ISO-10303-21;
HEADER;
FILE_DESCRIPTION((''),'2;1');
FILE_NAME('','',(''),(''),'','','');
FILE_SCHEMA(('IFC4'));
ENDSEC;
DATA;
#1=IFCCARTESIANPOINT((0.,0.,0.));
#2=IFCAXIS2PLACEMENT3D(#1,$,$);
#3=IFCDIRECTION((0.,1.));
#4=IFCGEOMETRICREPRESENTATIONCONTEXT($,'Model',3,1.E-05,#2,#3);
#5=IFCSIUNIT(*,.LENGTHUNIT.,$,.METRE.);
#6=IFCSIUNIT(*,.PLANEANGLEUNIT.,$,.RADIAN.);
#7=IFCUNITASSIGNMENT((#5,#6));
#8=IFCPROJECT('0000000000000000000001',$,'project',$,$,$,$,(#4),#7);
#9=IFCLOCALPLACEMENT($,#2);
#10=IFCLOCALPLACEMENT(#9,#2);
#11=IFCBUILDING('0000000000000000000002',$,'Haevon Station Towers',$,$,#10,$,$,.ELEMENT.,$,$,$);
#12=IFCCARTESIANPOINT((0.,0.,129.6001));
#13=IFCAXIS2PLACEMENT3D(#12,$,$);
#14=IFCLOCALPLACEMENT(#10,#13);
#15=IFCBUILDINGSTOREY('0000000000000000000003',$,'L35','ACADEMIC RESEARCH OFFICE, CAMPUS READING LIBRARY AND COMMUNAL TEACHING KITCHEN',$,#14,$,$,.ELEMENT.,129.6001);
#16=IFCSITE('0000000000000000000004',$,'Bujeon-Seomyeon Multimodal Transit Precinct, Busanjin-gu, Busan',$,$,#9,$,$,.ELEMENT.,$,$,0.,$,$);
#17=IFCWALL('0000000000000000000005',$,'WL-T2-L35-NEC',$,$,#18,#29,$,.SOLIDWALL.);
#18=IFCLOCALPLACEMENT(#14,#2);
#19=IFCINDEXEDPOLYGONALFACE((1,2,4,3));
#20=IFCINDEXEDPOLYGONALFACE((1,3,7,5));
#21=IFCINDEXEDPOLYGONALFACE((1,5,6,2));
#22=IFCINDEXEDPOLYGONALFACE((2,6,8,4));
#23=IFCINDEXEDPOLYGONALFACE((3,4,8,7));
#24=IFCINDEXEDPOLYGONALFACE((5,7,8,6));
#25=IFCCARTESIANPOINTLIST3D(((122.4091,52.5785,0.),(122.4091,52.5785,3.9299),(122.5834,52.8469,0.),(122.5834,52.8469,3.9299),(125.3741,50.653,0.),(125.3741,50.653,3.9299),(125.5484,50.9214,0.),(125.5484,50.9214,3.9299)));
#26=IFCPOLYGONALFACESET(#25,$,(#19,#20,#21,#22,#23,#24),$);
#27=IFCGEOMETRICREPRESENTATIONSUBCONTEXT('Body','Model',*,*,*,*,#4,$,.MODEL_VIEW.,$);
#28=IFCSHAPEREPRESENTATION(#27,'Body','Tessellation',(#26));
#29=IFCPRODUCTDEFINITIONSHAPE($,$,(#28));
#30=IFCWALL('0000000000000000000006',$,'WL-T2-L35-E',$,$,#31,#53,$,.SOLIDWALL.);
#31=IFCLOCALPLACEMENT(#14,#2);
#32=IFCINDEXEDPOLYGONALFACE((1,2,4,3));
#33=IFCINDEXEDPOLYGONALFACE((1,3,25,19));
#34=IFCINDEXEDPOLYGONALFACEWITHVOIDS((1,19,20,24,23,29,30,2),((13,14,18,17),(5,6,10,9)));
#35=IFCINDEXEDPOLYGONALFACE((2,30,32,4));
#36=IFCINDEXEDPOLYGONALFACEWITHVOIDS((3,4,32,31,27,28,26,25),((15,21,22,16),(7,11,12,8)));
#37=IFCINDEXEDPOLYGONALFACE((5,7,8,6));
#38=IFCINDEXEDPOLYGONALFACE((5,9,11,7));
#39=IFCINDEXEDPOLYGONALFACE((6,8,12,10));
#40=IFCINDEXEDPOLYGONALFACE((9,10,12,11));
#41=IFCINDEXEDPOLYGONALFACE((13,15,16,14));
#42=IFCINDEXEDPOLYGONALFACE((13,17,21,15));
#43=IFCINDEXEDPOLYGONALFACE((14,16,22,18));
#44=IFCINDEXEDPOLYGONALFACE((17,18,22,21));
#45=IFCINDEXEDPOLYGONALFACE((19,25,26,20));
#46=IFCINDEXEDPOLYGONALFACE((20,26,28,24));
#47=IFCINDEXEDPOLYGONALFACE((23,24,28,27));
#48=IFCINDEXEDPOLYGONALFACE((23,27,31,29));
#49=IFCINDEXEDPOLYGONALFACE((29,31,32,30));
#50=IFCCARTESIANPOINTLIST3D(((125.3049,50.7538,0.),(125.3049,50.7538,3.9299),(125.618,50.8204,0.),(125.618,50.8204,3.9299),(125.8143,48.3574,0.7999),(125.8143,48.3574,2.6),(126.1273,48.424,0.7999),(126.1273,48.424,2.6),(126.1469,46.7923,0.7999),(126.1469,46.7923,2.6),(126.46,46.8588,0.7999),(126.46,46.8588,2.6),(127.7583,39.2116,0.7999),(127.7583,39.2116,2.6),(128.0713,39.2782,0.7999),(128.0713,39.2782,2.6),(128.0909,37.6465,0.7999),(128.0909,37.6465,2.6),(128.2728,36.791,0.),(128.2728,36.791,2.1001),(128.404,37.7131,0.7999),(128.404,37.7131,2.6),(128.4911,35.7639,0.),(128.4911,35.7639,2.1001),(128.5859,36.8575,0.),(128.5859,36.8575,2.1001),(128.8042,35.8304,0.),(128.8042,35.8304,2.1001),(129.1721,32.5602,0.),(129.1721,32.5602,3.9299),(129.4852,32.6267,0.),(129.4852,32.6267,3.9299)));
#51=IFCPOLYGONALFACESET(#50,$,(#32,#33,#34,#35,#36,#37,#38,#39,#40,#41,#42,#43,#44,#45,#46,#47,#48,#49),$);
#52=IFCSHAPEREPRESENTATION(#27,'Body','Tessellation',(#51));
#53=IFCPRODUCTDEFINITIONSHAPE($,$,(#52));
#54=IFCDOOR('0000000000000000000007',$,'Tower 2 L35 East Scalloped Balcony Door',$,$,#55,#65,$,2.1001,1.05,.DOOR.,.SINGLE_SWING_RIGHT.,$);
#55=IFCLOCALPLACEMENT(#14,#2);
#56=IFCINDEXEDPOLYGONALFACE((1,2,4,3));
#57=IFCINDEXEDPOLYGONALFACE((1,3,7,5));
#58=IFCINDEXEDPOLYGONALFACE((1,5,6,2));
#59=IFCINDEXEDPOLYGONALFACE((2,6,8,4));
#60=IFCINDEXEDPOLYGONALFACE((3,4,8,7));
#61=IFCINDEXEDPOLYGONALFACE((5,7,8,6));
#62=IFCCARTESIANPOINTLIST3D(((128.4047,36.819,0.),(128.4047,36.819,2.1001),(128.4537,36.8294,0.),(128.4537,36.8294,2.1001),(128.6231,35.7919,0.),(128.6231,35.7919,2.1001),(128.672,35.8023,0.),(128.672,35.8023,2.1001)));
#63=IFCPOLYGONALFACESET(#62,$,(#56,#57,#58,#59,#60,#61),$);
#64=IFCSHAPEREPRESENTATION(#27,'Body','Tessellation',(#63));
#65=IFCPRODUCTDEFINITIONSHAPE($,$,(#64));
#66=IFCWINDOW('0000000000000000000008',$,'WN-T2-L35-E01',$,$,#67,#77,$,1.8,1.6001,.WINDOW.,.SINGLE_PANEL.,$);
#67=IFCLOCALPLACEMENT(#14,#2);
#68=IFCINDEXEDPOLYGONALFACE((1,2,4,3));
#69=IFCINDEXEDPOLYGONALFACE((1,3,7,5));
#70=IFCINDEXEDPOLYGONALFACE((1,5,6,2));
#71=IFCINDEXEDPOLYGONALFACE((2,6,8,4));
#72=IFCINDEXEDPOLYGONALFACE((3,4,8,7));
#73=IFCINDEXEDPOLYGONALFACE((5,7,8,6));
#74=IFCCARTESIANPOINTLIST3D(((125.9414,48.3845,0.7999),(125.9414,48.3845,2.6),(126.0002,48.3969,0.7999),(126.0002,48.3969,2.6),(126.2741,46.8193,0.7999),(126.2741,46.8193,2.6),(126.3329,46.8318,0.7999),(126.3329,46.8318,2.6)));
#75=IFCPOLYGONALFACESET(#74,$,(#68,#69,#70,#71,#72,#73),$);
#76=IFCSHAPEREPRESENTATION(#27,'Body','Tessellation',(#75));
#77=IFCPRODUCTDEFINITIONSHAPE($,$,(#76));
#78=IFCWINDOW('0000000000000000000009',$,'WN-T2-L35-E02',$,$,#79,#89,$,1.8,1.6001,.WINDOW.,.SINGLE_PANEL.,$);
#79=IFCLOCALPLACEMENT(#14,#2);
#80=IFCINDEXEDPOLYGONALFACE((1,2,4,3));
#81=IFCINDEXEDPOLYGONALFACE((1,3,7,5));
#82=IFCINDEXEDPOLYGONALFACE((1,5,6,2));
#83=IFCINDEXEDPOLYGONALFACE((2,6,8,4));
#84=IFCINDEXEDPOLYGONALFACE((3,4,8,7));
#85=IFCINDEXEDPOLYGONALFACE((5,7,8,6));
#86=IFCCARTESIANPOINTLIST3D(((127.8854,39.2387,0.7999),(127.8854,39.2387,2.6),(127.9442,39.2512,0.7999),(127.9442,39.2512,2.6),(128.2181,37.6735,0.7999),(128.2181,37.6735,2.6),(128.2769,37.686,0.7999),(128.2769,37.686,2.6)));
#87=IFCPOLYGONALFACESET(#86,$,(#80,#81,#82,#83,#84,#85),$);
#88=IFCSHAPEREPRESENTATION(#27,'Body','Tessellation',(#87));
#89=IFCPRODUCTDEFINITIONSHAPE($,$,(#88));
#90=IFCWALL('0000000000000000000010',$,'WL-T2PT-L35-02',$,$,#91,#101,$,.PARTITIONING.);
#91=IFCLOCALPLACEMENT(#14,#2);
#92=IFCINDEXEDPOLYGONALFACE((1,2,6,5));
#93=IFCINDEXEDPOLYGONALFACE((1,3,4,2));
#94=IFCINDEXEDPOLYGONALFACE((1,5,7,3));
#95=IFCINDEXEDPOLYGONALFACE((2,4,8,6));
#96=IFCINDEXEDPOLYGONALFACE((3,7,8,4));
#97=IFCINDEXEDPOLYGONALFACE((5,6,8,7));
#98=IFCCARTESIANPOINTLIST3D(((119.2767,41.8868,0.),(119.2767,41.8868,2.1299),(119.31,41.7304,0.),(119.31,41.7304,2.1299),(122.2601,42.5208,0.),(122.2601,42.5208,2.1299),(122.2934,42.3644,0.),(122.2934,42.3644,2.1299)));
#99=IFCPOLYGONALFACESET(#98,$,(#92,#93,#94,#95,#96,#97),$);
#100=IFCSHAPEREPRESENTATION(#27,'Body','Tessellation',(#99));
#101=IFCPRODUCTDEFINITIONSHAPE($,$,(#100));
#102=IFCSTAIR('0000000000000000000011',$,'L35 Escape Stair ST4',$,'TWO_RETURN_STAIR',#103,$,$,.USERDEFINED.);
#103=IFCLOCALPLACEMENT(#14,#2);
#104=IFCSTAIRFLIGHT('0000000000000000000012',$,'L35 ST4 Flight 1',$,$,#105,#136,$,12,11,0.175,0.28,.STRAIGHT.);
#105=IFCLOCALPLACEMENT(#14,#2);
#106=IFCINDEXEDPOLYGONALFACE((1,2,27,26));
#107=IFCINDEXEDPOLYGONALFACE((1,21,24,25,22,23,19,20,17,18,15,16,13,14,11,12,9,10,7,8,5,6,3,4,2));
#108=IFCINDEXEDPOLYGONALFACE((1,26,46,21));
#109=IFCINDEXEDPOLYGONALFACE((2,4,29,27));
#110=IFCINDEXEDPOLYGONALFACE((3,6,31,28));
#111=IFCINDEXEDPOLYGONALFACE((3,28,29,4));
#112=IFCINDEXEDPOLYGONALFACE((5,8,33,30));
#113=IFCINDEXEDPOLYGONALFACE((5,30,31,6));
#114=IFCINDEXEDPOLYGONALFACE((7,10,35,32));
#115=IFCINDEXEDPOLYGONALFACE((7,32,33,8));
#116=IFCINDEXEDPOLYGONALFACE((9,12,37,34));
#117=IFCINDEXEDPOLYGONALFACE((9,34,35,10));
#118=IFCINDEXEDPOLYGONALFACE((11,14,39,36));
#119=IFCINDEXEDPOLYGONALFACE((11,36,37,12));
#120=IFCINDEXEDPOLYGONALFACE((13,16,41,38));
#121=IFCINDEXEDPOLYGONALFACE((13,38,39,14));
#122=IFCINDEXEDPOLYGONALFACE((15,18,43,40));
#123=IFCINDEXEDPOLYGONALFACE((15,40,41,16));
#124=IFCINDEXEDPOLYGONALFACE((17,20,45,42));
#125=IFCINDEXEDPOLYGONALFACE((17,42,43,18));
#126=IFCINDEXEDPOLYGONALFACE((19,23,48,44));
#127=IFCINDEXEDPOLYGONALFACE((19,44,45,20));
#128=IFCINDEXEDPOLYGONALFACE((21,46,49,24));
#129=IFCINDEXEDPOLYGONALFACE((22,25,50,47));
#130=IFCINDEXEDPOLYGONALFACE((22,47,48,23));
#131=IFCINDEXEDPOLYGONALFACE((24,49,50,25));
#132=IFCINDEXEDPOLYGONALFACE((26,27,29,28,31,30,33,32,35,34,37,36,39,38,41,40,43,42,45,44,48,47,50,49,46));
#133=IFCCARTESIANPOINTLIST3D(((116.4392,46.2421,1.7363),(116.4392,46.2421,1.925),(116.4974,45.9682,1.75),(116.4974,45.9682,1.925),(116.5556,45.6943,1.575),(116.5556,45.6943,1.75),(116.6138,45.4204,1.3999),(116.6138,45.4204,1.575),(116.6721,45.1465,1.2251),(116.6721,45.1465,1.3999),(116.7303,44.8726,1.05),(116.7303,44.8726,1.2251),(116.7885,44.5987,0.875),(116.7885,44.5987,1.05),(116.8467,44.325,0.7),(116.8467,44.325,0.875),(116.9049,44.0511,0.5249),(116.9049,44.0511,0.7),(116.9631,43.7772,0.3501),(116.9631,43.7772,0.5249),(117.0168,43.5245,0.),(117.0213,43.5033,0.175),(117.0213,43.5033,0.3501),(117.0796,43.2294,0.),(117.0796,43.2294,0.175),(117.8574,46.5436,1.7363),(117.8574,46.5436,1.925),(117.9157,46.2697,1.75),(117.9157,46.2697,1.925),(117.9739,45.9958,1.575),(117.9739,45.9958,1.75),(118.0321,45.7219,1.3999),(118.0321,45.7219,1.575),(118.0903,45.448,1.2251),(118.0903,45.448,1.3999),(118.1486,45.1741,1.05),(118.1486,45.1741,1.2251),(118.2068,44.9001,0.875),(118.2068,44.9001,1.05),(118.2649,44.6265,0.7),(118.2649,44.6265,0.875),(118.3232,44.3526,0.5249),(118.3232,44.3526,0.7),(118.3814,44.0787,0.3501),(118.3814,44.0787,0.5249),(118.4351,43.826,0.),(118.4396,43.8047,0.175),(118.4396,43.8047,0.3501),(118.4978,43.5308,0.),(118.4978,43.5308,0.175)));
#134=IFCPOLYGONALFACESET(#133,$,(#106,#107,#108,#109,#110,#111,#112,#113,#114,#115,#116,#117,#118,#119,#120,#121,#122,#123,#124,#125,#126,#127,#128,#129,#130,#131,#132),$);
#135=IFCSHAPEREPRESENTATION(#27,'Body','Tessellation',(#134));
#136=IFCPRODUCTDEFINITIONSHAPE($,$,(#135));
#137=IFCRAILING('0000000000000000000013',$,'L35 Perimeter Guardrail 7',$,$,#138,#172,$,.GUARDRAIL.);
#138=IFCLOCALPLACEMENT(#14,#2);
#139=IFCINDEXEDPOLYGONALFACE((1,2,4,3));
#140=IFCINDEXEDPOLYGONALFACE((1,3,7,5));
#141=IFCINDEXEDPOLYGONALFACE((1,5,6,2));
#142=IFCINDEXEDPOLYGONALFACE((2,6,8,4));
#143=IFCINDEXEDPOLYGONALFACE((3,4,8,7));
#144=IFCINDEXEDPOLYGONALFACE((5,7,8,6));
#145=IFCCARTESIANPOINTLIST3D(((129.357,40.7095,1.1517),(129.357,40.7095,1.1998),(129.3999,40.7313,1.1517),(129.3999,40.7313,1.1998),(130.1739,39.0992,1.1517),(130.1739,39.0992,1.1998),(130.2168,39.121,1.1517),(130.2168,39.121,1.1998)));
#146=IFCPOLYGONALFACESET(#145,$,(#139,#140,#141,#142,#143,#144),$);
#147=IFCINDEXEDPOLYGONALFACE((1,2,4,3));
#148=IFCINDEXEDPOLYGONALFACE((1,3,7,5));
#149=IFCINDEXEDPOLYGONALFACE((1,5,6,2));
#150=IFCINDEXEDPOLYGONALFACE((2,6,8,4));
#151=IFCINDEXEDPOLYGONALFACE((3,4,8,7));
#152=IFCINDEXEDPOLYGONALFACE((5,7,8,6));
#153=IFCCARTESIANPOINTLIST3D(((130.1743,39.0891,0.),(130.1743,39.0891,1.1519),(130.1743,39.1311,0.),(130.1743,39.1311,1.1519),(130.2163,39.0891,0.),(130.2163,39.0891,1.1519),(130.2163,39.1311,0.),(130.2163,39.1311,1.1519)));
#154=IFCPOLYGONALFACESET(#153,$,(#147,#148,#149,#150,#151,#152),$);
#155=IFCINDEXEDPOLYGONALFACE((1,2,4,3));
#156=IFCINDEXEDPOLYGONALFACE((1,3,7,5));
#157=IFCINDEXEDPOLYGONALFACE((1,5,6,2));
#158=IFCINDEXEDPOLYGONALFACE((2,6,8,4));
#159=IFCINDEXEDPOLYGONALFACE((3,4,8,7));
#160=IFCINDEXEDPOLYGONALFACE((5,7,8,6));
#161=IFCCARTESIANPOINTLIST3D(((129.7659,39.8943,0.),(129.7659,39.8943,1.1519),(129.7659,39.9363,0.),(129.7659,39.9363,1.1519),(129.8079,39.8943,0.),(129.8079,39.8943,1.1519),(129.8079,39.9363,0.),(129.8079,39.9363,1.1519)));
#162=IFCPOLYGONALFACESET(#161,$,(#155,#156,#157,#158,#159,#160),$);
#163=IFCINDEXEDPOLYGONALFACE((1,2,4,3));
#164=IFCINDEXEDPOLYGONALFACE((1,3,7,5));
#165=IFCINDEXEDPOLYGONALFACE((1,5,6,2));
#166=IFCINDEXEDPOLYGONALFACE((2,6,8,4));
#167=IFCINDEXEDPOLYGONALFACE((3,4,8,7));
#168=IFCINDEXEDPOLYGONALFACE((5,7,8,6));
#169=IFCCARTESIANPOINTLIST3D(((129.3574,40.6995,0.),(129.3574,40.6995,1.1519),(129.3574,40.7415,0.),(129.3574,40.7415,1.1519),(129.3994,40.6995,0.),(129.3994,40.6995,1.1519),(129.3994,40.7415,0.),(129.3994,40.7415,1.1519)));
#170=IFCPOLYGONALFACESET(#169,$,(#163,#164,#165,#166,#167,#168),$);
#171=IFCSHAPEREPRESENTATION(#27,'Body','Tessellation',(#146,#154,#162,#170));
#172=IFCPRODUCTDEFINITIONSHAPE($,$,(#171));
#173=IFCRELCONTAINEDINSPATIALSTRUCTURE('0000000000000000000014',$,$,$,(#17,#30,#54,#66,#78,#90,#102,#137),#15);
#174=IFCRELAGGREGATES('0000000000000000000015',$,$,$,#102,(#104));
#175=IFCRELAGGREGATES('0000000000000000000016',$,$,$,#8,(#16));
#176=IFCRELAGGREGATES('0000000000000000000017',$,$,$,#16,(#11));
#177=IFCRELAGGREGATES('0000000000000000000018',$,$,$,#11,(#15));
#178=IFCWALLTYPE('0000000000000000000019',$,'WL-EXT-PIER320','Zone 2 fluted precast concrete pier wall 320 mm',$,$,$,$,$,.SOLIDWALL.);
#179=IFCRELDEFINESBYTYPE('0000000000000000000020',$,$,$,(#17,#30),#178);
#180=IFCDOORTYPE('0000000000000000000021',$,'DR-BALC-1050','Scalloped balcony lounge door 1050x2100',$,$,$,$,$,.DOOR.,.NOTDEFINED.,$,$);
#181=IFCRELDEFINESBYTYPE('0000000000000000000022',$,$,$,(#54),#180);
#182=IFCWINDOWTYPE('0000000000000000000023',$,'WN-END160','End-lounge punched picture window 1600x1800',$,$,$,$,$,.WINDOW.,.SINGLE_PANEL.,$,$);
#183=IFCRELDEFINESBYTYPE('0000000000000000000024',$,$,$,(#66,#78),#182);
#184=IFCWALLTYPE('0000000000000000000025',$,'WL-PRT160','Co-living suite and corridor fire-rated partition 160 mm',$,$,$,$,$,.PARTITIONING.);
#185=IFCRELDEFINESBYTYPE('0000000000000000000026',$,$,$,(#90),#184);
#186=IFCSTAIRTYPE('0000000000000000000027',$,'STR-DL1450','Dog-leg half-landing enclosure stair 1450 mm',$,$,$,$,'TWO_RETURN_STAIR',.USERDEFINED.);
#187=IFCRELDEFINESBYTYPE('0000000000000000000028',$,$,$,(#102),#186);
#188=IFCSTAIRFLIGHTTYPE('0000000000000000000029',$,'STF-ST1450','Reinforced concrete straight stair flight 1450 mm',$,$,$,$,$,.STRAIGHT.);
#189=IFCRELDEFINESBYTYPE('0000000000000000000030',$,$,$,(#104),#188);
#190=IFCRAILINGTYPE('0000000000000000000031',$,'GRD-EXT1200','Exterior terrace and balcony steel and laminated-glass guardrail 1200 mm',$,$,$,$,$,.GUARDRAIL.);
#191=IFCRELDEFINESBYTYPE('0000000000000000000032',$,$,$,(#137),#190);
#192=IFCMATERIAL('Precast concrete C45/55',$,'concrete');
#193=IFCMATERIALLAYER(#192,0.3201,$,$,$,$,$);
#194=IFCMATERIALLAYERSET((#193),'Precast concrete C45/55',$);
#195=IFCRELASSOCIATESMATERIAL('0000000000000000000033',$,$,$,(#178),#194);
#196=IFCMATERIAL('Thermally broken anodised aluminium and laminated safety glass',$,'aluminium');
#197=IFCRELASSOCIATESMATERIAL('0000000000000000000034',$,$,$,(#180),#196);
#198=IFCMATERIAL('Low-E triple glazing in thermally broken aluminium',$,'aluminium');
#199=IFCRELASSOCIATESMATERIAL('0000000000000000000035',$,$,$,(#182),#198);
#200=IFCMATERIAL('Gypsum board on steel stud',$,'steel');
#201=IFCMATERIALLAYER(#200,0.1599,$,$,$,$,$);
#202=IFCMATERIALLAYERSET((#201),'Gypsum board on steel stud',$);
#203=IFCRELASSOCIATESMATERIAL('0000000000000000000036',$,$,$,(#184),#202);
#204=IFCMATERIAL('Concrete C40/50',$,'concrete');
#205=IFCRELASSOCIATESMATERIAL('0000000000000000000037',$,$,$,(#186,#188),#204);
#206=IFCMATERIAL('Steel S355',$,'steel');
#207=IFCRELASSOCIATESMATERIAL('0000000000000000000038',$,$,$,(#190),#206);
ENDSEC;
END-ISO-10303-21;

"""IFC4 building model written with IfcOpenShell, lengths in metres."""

from ifc_helpers import new_model, si_unit, direction, frame, frame_2d, origin, origin_2d, place, context, subcontext, project, spatial, polyline, rectangle, outline, extrude, material, layer, layer_set, type_object, element, fill, aggregate, save


model = new_model("IFC4")

# Units and contexts
model_context = context("Model", 3, precision=1e-05, world=origin(), true_north=direction((0.0, 1.0)))
body_context = subcontext(model_context, "Body", "Model", "MODEL_VIEW")
ifc_project = project(units=[si_unit("LENGTHUNIT", "METRE"), si_unit("PLANEANGLEUNIT", "RADIAN")], contexts=[model_context])

# Site, building, storey
site_placement = place(None, origin())
site = spatial("IfcSite", under=ifc_project, at=site_placement, Name="Bujeon-Seomyeon Multimodal Transit Precinct, Busanjin-gu, Busan", CompositionType="ELEMENT", RefElevation=0.0)
building_placement = place(site_placement, origin())
building = spatial("IfcBuilding", under=site, at=building_placement, Name="Haevon Station Towers", CompositionType="ELEMENT")
storey_placement = place(building_placement, frame((0.0, 0.0, 129.6001)))
storey = spatial("IfcBuildingStorey", under=building, at=storey_placement, Name="L35", Description="ACADEMIC RESEARCH OFFICE, CAMPUS READING LIBRARY AND COMMUNAL TEACHING KITCHEN", CompositionType="ELEMENT", Elevation=129.6001)

# Wall
ifc_material_1 = material(Name="Precast concrete C45/55", Category="concrete")
ifc_layer_1 = layer(ifc_material_1, 0.3201)
ifc_layer_set_1 = layer_set([ifc_layer_1], Name="Precast concrete C45/55")
wall_type_1 = type_object("IfcWallType", Name="WL-EXT-PIER320", Description="Zone 2 fluted precast concrete pier wall 320 mm", PredefinedType="SOLIDWALL", material=ifc_layer_set_1)
wall_1_placement = place(storey_placement, frame((122.4963, 52.7126, 0.0), z_axis=(0.0, 0.0, 1.0), x_axis=(0.838672, -0.544636, 0.0)))
element("IfcWall", 1, at=wall_1_placement, inside=storey, type_object=wall_type_1, Name="WL-T2-L35-NEC", PredefinedType="SOLIDWALL", context=body_context, shape_type="SweptSolid", body=[
    extrude(rectangle(XDim=3.5354, YDim=0.3201, at=frame_2d((1.7676, 0.0))), origin(), (0.0, 0.0, 1.0), 3.9299),
])

# Wall, openings, door, windows
wall_2_placement = place(storey_placement, frame((125.4614, 50.7871, 0.0), z_axis=(0.0, 0.0, 1.0), x_axis=(0.207913, -0.978147, 0.0)))
wall_2 = element("IfcWall", 2, at=wall_2_placement, inside=storey, type_object=wall_type_1, Name="WL-T2-L35-E", PredefinedType="SOLIDWALL", context=body_context, shape_type="SweptSolid", body=[
    extrude(rectangle(XDim=18.6001, YDim=0.3201, at=frame_2d((9.3, 0.0))), origin(), (0.0, 0.0, 1.0), 3.9299),
])
opening_1_placement = place(wall_2_placement, frame((14.2749, 0.0, 0.0)))
opening_1 = element("IfcOpeningElement", 3, at=opening_1_placement, cuts=wall_2, PredefinedType="OPENING", context=body_context, shape_type="SweptSolid", body=[
    extrude(rectangle(XDim=1.05, YDim=2.1001, at=frame_2d((0.5249, 1.05))), frame((0.0, 0.1699, 0.0), z_axis=(0.0, -1.0, 0.0), x_axis=(1.0, 0.0, 0.0)), (0.0, 0.0, 1.0), 0.3401),
])
opening_2_placement = place(wall_2_placement, frame((2.45, 0.0, 0.8)))
opening_2 = element("IfcOpeningElement", 4, at=opening_2_placement, cuts=wall_2, PredefinedType="OPENING", context=body_context, shape_type="SweptSolid", body=[
    extrude(rectangle(XDim=1.6001, YDim=1.8, at=frame_2d((0.8, 0.8999))), frame((0.0, 0.1699, 0.0), z_axis=(0.0, -1.0, 0.0), x_axis=(1.0, 0.0, 0.0)), (0.0, 0.0, 1.0), 0.3401),
])
opening_3_placement = place(wall_2_placement, frame((11.8, 0.0, 0.8)))
opening_3 = element("IfcOpeningElement", 5, at=opening_3_placement, cuts=wall_2, PredefinedType="OPENING", context=body_context, shape_type="SweptSolid", body=[
    extrude(rectangle(XDim=1.6001, YDim=1.8, at=frame_2d((0.8, 0.8999))), frame((0.0, 0.1699, 0.0), z_axis=(0.0, -1.0, 0.0), x_axis=(1.0, 0.0, 0.0)), (0.0, 0.0, 1.0), 0.3401),
])
ifc_material_2 = material(Name="Thermally broken anodised aluminium and laminated safety glass", Category="aluminium")
door_type = type_object("IfcDoorType", Name="DR-BALC-1050", Description="Scalloped balcony lounge door 1050x2100", OperationType="NOTDEFINED", PredefinedType="DOOR", material=ifc_material_2)
door_placement = place(opening_1_placement, origin())
door = element("IfcDoor", 6, at=door_placement, inside=storey, type_object=door_type, Name="Tower 2 L35 East Scalloped Balcony Door", OperationType="SINGLE_SWING_RIGHT", OverallHeight=2.1001, OverallWidth=1.05, PredefinedType="DOOR", context=body_context, shape_type="SweptSolid", body=[
    extrude(rectangle(XDim=1.05, YDim=2.1001, at=frame_2d((0.5249, 1.05))), frame((0.0, 0.0249, 0.0), z_axis=(0.0, -1.0, 0.0), x_axis=(1.0, 0.0, 0.0)), (0.0, 0.0, 1.0), 0.05),
])
fill(opening_1, door)
ifc_material_3 = material(Name="Low-E triple glazing in thermally broken aluminium", Category="aluminium")
window_type = type_object("IfcWindowType", Name="WN-END160", Description="End-lounge punched picture window 1600x1800", PartitioningType="SINGLE_PANEL", PredefinedType="WINDOW", material=ifc_material_3)
window_1_placement = place(opening_2_placement, origin())
window_1 = element("IfcWindow", 7, at=window_1_placement, inside=storey, type_object=window_type, Name="WN-T2-L35-E01", OverallHeight=1.8, OverallWidth=1.6001, PartitioningType="SINGLE_PANEL", PredefinedType="WINDOW", context=body_context, shape_type="SweptSolid", body=[
    extrude(rectangle(XDim=1.6001, YDim=1.8, at=frame_2d((0.8, 0.8999))), frame((0.0, 0.03, 0.0), z_axis=(0.0, -1.0, 0.0), x_axis=(1.0, 0.0, 0.0)), (0.0, 0.0, 1.0), 0.0601),
])
fill(opening_2, window_1)
window_2_placement = place(opening_3_placement, origin())
window_2 = element("IfcWindow", 8, at=window_2_placement, inside=storey, type_object=window_type, Name="WN-T2-L35-E02", OverallHeight=1.8, OverallWidth=1.6001, PartitioningType="SINGLE_PANEL", PredefinedType="WINDOW", context=body_context, shape_type="SweptSolid", body=[
    extrude(rectangle(XDim=1.6001, YDim=1.8, at=frame_2d((0.8, 0.8999))), frame((0.0, 0.03, 0.0), z_axis=(0.0, -1.0, 0.0), x_axis=(1.0, 0.0, 0.0)), (0.0, 0.0, 1.0), 0.0601),
])
fill(opening_3, window_2)

# Wall
ifc_material_4 = material(Name="Gypsum board on steel stud", Category="steel")
ifc_layer_2 = layer(ifc_material_4, 0.1599)
ifc_layer_set_2 = layer_set([ifc_layer_2], Name="Gypsum board on steel stud")
wall_type_2 = type_object("IfcWallType", Name="WL-PRT160", Description="Co-living suite and corridor fire-rated partition 160 mm", PredefinedType="PARTITIONING", material=ifc_layer_set_2)
wall_3_placement = place(storey_placement, frame((119.2935, 41.8086, 0.0), z_axis=(0.0, 0.0, 1.0), x_axis=(0.978155, 0.207878, 0.0)))
element("IfcWall", 9, at=wall_3_placement, inside=storey, type_object=wall_type_2, Name="WL-T2PT-L35-02", PredefinedType="PARTITIONING", context=body_context, shape_type="SweptSolid", body=[
    extrude(rectangle(XDim=3.05, YDim=0.1599, at=frame_2d((1.5249, 0.0))), origin(), (0.0, 0.0, 1.0), 2.1299),
])

# Stair, stair flight
ifc_material_5 = material(Name="Concrete C40/50", Category="concrete")
stair_type = type_object("IfcStairType", Name="STR-DL1450", Description="Dog-leg half-landing enclosure stair 1450 mm", ElementType="TWO_RETURN_STAIR", PredefinedType="USERDEFINED", material=ifc_material_5)
stair_placement = place(storey_placement, origin())
stair = element("IfcStair", 10, at=stair_placement, inside=storey, type_object=stair_type, Name="L35 Escape Stair ST4", ObjectType="TWO_RETURN_STAIR", PredefinedType="USERDEFINED")
stair_flight_type = type_object("IfcStairFlightType", Name="STF-ST1450", Description="Reinforced concrete straight stair flight 1450 mm", PredefinedType="STRAIGHT", material=ifc_material_5)
stair_flight_placement = place(storey_placement, frame((117.7888, 43.3801, 0.0), z_axis=(0.0, 0.0, 1.0), x_axis=(-0.207912, 0.978148, 0.0)))
stair_flight = element("IfcStairFlight", 11, at=stair_flight_placement, type_object=stair_flight_type, Name="L35 ST4 Flight 1", NumberOfRisers=12, NumberOfTreads=11, PredefinedType="STRAIGHT", RiserHeight=0.175, TreadLength=0.28, context=body_context, shape_type="SweptSolid", body=[
    extrude(outline(polyline([(0.0, 0.0), (0.0, 0.175), (0.28, 0.175), (0.28, 0.3501), (0.5601, 0.3501), (0.5601, 0.5249), (0.8401, 0.5249), (0.8401, 0.7), (1.1201, 0.7), (1.1201, 0.875), (1.3999, 0.875), (1.3999, 1.05), (1.6799, 1.05), (1.6799, 1.2251), (1.96, 1.2251), (1.96, 1.3999), (2.24, 1.3999), (2.24, 1.575), (2.52, 1.575), (2.52, 1.75), (2.8, 1.75), (2.8, 1.925), (3.0801, 1.925), (3.0801, 2.1001), (3.0801, 1.7363), (0.3018, 0.0), (0.0, 0.0)])), frame((0.0, 0.7251, 0.0), z_axis=(0.0, -1.0, 0.0), x_axis=(1.0, 0.0, 0.0)), (0.0, 0.0, 1.0), 1.45),
])
aggregate(stair, [stair_flight])

# Railing
ifc_material_6 = material(Name="Steel S355", Category="steel")
railing_type_1 = type_object("IfcRailingType", Name="GRD-EXT1200", Description="Exterior terrace and balcony steel and laminated-glass guardrail 1200 mm", PredefinedType="GUARDRAIL", material=ifc_material_6)
railing_1_placement = place(storey_placement, frame((130.1953, 39.1101, 0.0)))
element("IfcRailing", 12, at=railing_1_placement, inside=storey, type_object=railing_type_1, Name="L35 Perimeter Guardrail 7", PredefinedType="GUARDRAIL", context=body_context, shape_type="SweptSolid", body=[
    extrude(rectangle(XDim=0.0481, YDim=0.0481, at=origin_2d()), frame((0.0, 0.0, 1.1758), z_axis=(-0.452398, 0.891816, 0.0), x_axis=(-0.891816, -0.452398, 0.0)), (0.0, 0.0, 1.0), 1.8057),
    extrude(rectangle(XDim=0.042, YDim=0.042, at=origin_2d()), origin(), (0.0, 0.0, 1.0), 1.1519),
    extrude(rectangle(XDim=0.042, YDim=0.042, at=origin_2d()), frame((-0.4084, 0.8052, 0.0)), (0.0, 0.0, 1.0), 1.1519),
    extrude(rectangle(XDim=0.042, YDim=0.042, at=origin_2d()), frame((-0.8169, 1.6104, 0.0)), (0.0, 0.0, 1.0), 1.1519),
])

save(model, "model.ifc")
